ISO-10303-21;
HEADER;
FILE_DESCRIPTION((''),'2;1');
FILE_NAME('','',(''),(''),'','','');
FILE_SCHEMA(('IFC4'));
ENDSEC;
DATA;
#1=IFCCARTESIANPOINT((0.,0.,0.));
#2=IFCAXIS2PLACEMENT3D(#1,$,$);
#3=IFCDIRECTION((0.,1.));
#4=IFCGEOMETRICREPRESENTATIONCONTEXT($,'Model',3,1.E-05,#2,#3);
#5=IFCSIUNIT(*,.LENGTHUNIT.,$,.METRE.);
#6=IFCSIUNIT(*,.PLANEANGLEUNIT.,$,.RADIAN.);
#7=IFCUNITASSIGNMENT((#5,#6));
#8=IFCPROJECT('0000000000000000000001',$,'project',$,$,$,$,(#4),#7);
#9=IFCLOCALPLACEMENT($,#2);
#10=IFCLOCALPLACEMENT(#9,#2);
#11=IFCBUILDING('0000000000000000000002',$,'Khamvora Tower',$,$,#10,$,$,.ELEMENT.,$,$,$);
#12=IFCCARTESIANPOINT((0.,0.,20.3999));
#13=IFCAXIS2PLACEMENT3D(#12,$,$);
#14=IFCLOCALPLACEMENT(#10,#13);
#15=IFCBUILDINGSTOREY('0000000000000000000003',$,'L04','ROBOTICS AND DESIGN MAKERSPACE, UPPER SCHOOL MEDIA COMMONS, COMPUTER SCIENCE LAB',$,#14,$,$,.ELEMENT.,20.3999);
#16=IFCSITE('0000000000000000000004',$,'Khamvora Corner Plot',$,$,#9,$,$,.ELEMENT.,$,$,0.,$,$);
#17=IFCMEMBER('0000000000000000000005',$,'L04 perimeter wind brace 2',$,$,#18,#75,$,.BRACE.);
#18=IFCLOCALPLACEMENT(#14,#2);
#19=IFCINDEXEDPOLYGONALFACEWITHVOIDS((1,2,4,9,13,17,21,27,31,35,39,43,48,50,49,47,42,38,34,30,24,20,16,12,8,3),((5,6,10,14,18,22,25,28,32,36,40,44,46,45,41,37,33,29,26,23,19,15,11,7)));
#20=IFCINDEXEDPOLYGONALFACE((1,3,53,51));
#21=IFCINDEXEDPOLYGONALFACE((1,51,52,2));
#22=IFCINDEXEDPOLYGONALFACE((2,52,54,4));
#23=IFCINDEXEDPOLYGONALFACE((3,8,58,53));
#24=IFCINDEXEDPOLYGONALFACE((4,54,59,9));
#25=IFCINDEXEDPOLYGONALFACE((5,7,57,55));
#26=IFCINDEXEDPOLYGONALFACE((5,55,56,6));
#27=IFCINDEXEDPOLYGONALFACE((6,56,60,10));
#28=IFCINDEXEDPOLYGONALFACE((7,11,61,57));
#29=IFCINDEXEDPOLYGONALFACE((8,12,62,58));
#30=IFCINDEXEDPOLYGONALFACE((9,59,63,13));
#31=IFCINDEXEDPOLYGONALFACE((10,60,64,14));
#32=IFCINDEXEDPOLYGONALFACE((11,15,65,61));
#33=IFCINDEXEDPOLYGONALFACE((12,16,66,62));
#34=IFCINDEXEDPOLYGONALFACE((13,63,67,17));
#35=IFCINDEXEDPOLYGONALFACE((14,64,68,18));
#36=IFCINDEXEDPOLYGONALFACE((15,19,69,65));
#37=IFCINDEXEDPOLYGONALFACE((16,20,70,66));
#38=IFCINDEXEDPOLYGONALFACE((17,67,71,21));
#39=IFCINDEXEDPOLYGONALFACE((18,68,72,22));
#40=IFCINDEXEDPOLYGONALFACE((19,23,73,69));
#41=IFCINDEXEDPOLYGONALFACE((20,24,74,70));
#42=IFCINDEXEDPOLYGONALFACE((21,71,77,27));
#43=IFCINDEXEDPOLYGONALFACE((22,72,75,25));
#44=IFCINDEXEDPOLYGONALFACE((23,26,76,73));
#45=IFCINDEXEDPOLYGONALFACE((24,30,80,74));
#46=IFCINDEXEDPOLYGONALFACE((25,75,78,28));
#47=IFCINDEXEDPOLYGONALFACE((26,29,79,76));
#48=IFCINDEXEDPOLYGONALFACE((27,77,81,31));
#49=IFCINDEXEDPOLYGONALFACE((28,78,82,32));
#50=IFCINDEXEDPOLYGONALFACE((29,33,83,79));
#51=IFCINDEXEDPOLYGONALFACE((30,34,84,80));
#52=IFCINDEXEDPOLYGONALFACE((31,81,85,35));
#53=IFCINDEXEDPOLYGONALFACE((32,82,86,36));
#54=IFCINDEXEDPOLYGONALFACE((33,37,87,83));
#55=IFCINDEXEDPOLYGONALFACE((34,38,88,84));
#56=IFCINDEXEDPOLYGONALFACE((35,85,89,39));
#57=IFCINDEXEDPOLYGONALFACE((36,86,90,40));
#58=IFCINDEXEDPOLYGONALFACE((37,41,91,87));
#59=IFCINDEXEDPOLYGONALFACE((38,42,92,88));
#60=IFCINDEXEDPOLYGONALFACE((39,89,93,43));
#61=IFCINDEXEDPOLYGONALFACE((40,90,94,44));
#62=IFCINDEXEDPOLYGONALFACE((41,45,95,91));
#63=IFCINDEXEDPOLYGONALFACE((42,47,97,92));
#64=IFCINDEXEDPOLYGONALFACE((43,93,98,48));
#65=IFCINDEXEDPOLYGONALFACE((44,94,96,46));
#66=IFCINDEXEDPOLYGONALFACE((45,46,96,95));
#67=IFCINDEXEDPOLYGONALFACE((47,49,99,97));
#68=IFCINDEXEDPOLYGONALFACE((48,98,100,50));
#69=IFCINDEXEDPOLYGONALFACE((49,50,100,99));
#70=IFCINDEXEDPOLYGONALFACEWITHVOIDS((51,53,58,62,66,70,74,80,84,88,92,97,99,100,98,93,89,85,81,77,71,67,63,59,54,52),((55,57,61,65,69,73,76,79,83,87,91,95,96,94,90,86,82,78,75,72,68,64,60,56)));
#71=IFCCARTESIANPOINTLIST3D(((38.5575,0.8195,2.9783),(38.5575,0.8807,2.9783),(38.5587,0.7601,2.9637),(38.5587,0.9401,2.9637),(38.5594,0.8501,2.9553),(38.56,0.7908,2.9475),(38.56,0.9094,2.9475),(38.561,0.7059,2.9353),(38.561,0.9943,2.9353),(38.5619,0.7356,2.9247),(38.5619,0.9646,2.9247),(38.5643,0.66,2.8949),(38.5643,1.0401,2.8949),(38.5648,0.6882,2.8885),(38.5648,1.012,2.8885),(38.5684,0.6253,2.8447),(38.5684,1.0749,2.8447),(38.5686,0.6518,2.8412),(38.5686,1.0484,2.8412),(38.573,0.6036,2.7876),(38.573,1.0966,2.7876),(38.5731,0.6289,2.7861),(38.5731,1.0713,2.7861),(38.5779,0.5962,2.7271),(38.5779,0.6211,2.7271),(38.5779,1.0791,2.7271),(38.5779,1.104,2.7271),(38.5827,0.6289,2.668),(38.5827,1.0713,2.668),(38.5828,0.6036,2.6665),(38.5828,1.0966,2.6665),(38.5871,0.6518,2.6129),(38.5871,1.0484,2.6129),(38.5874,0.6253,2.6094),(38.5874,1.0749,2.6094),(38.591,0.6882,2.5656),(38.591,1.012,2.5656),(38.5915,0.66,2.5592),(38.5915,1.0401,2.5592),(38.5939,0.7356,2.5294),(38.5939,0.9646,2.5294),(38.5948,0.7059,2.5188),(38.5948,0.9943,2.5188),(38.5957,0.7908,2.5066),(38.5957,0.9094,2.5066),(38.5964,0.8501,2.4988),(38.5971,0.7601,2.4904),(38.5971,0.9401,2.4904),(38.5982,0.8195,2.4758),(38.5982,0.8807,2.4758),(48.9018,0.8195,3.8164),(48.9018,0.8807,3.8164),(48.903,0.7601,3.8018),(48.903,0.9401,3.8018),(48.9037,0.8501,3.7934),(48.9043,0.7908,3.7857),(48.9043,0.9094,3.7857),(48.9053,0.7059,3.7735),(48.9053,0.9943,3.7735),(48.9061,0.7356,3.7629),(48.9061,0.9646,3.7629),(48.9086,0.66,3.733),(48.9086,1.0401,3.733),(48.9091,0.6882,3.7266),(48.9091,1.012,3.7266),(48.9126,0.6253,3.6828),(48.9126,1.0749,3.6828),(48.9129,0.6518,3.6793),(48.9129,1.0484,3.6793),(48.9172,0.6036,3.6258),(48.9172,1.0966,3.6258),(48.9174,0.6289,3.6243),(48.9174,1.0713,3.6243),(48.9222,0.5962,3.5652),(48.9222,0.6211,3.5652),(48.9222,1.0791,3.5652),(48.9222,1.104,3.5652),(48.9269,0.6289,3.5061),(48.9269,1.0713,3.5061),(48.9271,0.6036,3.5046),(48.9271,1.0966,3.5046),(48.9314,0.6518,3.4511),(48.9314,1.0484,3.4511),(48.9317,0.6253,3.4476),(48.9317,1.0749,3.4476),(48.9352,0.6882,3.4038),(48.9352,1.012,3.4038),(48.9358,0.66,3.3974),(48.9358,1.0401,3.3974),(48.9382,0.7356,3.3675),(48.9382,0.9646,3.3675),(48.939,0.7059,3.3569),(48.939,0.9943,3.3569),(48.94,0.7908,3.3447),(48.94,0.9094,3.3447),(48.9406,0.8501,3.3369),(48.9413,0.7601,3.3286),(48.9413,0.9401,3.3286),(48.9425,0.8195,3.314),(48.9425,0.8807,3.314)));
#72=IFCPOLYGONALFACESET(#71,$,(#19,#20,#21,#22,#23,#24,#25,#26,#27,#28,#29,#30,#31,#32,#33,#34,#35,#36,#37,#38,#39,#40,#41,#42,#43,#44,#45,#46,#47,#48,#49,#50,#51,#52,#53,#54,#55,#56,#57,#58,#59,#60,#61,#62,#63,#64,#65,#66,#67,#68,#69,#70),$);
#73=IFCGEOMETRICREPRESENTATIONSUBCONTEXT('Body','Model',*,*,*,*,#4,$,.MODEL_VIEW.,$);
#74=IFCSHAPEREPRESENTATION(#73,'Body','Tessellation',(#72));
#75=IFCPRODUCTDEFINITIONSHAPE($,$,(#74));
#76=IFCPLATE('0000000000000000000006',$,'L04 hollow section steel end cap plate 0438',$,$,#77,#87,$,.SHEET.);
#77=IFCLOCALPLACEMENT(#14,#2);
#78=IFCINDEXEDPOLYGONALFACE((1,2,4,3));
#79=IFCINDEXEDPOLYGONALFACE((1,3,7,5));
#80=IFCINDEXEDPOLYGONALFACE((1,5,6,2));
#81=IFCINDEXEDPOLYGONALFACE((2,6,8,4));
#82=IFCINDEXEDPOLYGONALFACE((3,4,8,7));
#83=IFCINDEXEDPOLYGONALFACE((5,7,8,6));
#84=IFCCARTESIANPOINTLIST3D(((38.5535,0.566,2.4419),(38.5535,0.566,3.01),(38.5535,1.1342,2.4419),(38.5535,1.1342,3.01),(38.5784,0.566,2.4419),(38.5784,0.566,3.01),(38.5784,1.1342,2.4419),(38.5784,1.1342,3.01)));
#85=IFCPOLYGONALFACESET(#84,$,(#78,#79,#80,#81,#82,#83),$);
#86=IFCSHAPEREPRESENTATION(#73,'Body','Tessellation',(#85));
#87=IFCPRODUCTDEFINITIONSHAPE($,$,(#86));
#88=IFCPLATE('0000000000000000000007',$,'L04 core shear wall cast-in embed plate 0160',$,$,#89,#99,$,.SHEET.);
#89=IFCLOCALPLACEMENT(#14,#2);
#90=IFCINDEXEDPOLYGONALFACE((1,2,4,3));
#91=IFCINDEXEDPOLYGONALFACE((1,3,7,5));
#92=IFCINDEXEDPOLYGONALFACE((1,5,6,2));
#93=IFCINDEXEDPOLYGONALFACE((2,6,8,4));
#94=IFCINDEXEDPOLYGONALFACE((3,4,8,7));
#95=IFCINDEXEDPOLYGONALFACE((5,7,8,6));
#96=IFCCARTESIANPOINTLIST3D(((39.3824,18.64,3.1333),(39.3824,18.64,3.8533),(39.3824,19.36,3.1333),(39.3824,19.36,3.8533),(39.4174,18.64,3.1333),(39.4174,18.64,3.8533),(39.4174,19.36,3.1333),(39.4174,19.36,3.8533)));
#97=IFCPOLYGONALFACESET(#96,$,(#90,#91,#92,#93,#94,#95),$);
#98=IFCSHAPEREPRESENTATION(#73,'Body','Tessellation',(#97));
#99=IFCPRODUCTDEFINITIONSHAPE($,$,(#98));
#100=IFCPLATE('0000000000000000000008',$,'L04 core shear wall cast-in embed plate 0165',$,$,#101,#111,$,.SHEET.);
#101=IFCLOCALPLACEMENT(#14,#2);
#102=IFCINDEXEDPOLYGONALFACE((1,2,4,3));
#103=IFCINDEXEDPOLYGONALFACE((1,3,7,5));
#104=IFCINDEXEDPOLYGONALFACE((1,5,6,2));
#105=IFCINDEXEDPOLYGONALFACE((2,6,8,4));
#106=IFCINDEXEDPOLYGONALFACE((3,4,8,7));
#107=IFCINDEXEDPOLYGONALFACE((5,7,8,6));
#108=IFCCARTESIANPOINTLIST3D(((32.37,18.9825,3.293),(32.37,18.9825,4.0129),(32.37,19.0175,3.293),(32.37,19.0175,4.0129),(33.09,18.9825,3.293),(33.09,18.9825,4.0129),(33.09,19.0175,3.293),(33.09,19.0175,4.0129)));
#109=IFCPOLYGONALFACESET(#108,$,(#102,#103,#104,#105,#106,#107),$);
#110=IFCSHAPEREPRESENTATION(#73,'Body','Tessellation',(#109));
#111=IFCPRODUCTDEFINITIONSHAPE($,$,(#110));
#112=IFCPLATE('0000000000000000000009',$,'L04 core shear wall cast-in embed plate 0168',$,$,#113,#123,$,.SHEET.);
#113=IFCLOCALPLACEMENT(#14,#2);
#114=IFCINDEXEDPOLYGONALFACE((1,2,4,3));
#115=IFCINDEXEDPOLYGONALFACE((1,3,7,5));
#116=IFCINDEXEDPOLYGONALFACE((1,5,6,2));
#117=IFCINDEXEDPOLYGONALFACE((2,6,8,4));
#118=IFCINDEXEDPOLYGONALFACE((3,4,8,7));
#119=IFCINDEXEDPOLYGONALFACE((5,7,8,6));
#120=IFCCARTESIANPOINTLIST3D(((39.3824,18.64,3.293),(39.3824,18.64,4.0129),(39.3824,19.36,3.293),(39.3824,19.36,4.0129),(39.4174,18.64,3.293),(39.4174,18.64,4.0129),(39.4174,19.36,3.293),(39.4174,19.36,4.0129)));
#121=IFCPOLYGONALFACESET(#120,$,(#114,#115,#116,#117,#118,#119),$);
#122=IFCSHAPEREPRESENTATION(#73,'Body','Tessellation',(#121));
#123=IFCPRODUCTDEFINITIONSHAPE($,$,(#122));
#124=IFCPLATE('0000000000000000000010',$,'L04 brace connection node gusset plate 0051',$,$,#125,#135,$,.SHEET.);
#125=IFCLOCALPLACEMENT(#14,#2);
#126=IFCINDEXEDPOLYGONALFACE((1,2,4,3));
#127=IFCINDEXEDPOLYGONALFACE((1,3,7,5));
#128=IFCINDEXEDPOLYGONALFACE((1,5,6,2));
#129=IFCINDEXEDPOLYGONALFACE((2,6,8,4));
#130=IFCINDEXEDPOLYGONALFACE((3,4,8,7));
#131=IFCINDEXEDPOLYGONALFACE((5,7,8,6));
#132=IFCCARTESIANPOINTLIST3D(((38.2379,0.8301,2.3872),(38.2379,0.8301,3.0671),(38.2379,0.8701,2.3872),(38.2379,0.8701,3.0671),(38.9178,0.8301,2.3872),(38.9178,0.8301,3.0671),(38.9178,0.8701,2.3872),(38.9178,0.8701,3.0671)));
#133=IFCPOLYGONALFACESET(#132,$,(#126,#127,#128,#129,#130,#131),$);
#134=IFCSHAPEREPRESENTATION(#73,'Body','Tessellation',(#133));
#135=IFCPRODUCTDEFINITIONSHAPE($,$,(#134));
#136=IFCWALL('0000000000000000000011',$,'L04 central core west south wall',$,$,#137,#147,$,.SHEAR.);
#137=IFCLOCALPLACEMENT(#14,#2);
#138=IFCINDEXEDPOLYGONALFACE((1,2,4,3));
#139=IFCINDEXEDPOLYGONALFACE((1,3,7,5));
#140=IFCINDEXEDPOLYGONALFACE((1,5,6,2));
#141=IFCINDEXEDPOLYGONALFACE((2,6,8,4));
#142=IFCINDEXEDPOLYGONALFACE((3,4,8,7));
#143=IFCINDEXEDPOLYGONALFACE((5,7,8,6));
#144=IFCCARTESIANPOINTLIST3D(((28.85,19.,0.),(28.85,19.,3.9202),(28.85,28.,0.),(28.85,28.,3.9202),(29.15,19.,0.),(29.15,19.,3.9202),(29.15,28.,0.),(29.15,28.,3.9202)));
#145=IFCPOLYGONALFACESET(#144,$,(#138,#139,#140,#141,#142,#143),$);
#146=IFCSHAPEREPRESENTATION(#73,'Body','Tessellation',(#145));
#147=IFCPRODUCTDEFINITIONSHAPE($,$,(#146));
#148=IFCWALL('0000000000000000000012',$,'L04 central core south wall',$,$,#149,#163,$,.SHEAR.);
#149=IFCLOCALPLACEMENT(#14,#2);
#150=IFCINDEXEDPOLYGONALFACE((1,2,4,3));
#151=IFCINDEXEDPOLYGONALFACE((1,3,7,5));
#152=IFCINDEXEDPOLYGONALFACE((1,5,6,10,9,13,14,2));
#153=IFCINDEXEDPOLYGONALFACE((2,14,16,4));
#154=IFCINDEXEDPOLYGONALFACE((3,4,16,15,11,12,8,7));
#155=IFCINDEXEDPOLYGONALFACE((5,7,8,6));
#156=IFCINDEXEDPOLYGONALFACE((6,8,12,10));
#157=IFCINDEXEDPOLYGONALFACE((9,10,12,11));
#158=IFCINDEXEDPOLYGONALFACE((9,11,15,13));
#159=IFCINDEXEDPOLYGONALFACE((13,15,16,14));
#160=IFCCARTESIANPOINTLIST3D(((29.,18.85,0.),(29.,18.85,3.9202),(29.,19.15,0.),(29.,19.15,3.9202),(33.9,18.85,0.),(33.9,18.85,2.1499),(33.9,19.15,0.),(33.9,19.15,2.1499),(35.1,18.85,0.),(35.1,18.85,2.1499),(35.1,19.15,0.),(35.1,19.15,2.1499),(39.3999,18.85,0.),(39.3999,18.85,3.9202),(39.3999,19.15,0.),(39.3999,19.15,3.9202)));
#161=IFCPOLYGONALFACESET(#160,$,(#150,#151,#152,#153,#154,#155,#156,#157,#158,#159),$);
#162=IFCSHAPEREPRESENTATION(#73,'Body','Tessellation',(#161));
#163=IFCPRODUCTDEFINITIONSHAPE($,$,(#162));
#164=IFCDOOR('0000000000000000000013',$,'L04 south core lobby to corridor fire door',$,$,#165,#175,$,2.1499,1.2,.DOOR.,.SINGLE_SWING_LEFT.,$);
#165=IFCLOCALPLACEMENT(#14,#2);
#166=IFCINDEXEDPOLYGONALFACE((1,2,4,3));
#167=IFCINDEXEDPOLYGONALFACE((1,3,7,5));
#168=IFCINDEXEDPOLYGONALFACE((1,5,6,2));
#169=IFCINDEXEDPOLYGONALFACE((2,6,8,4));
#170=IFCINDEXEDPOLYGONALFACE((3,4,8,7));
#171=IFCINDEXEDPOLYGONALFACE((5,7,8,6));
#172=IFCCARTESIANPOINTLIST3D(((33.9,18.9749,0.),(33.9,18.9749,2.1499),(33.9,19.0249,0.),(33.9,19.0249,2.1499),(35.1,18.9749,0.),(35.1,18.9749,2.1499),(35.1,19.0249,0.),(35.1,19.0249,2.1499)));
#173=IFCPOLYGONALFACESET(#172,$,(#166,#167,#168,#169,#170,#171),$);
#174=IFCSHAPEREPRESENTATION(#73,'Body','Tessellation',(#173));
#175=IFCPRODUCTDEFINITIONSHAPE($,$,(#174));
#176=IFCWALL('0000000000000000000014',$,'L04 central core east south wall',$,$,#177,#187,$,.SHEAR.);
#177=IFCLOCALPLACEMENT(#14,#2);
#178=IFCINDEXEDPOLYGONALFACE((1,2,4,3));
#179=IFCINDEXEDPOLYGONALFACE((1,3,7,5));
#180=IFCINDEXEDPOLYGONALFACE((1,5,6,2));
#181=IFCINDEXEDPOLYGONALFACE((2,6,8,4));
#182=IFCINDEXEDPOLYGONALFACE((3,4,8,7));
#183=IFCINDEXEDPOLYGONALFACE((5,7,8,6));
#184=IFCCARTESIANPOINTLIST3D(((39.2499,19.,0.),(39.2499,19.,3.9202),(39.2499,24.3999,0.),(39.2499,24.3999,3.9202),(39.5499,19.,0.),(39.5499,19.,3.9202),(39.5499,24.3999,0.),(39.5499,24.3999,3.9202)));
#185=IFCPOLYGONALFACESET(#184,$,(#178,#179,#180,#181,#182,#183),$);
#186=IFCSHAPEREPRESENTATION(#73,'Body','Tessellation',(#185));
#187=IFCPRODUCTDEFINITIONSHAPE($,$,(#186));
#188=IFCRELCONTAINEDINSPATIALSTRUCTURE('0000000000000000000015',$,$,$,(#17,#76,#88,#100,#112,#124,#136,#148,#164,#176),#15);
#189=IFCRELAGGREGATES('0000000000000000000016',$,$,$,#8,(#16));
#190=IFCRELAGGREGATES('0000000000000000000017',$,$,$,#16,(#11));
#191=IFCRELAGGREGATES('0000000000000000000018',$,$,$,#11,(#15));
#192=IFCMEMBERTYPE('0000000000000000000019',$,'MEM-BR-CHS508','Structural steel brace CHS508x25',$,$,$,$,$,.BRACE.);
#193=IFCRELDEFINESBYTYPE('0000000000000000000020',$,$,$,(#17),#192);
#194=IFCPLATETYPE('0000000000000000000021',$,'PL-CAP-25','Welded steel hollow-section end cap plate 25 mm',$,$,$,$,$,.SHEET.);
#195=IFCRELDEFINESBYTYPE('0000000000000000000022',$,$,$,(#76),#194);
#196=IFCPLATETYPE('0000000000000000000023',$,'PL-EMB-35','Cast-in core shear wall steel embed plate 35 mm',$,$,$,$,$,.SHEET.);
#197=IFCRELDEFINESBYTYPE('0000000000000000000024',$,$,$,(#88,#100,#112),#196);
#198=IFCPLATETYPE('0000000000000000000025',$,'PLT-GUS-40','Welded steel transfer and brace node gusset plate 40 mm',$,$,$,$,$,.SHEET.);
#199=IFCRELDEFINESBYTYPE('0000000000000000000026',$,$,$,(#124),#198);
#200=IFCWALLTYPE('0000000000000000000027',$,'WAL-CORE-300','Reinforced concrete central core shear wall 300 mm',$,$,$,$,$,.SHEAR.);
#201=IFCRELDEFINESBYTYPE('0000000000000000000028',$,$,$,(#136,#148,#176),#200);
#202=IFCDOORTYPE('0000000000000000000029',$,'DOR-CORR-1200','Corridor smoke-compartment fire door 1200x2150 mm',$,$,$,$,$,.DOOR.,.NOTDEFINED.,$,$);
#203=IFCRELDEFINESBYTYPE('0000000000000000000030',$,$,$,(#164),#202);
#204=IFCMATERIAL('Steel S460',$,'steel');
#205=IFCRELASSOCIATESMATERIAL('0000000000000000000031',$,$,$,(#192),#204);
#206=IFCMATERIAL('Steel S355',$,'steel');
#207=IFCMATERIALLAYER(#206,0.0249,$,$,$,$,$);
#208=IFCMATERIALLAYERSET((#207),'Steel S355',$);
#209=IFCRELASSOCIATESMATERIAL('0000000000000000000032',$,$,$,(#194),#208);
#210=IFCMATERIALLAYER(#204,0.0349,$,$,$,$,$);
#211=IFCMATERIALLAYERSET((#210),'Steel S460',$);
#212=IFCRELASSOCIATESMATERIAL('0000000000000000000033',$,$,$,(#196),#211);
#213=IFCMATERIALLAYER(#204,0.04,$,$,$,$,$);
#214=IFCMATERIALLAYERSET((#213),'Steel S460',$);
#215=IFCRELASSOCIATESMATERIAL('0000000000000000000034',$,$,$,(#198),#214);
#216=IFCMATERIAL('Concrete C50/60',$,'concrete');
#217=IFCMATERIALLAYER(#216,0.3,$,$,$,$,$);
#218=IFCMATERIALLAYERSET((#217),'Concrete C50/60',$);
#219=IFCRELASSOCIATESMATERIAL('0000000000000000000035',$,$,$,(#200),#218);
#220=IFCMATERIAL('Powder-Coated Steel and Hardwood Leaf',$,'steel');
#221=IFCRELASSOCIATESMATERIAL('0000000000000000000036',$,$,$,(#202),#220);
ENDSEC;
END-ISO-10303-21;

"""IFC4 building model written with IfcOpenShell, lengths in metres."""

from ifc_helpers import new_model, si_unit, direction, frame, frame_2d, origin, origin_2d, place, context, subcontext, project, spatial, rectangle, hollow_circle, extrude, material, layer, layer_set, material_profile, profile_set, type_object, element, fill, save


model = new_model("IFC4")

# Units and contexts
model_context = context("Model", 3, precision=1e-05, world=origin(), true_north=direction((0.0, 1.0)))
body_context = subcontext(model_context, "Body", "Model", "MODEL_VIEW")
ifc_project = project(units=[si_unit("LENGTHUNIT", "METRE"), si_unit("PLANEANGLEUNIT", "RADIAN")], contexts=[model_context])

# Site, building, storey
site_placement = place(None, origin())
site = spatial("IfcSite", under=ifc_project, at=site_placement, Name="Khamvora Corner Plot", CompositionType="ELEMENT", RefElevation=0.0)
building_placement = place(site_placement, origin())
building = spatial("IfcBuilding", under=site, at=building_placement, Name="Khamvora Tower", CompositionType="ELEMENT")
storey_placement = place(building_placement, frame((0.0, 0.0, 20.3999)))
storey = spatial("IfcBuildingStorey", under=building, at=storey_placement, Name="L04", Description="ROBOTICS AND DESIGN MAKERSPACE, UPPER SCHOOL MEDIA COMMONS, COMPUTER SCIENCE LAB", CompositionType="ELEMENT", Elevation=20.3999)

# Shared definitions
ifc_material_1 = material(Name="Steel S460", Category="steel")

# Shared definitions
ifc_material_2 = material(Name="Steel S355", Category="steel")

# Member
ifc_material_profile_1 = material_profile(ifc_material_1, hollow_circle(Radius=0.2539, WallThickness=0.0249, at=origin_2d()), Name="CHS508x25")
ifc_profile_set_1 = profile_set([ifc_material_profile_1], Name="Steel S460")
member_type = type_object("IfcMemberType", Name="MEM-BR-CHS508", Description="Structural steel brace CHS508x25", PredefinedType="BRACE", material=ifc_profile_set_1)
member_placement = place(storey_placement, frame((38.5779, 0.8501, 2.7271), z_axis=(0.996734, 0.0, 0.08076), x_axis=(0.0, 1.0, 0.0)))
element("IfcMember", 1, at=member_placement, inside=storey, type_object=member_type, Name="L04 perimeter wind brace 2", PredefinedType="BRACE", context=body_context, shape_type="SweptSolid", body=[
    extrude(hollow_circle(Radius=0.2539, WallThickness=0.0249, at=origin_2d()), origin(), (0.0, 0.0, 1.0), 10.3782),
])

# Plates
ifc_layer_1 = layer(ifc_material_2, 0.0249)
ifc_layer_set_1 = layer_set([ifc_layer_1], Name="Steel S355")
plate_type_1 = type_object("IfcPlateType", Name="PL-CAP-25", Description="Welded steel hollow-section end cap plate 25 mm", PredefinedType="SHEET", material=ifc_layer_set_1)
plate_1_placement = place(storey_placement, frame((38.5659, 0.8501, 2.4419), z_axis=(0.0, 0.0, 1.0), x_axis=(1.0, 0.0, 0.0)))
element("IfcPlate", 2, at=plate_1_placement, inside=storey, type_object=plate_type_1, Name="L04 hollow section steel end cap plate 0438", PredefinedType="SHEET", context=body_context, shape_type="SweptSolid", body=[
    extrude(rectangle(XDim=0.0249, YDim=0.5681, at=origin_2d()), origin(), (0.0, 0.0, 1.0), 0.5681),
])
ifc_layer_2 = layer(ifc_material_1, 0.0349)
ifc_layer_set_2 = layer_set([ifc_layer_2], Name="Steel S460")
plate_type_2 = type_object("IfcPlateType", Name="PL-EMB-35", Description="Cast-in core shear wall steel embed plate 35 mm", PredefinedType="SHEET", material=ifc_layer_set_2)
plate_2_placement = place(storey_placement, frame((39.3999, 19.0, 3.1333), z_axis=(0.0, 0.0, 1.0), x_axis=(1.0, 0.0, 0.0)))
element("IfcPlate", 3, at=plate_2_placement, inside=storey, type_object=plate_type_2, Name="L04 core shear wall cast-in embed plate 0160", PredefinedType="SHEET", context=body_context, shape_type="SweptSolid", body=[
    extrude(rectangle(XDim=0.0349, YDim=0.72, at=origin_2d()), origin(), (0.0, 0.0, 1.0), 0.72),
])
plate_3_placement = place(storey_placement, frame((32.73, 19.0, 3.293), z_axis=(0.0, 0.0, 1.0), x_axis=(1.0, 0.0, 0.0)))
element("IfcPlate", 4, at=plate_3_placement, inside=storey, type_object=plate_type_2, Name="L04 core shear wall cast-in embed plate 0165", PredefinedType="SHEET", context=body_context, shape_type="SweptSolid", body=[
    extrude(rectangle(XDim=0.72, YDim=0.0349, at=origin_2d()), origin(), (0.0, 0.0, 1.0), 0.72),
])
plate_4_placement = place(storey_placement, frame((39.3999, 19.0, 3.293), z_axis=(0.0, 0.0, 1.0), x_axis=(1.0, 0.0, 0.0)))
element("IfcPlate", 5, at=plate_4_placement, inside=storey, type_object=plate_type_2, Name="L04 core shear wall cast-in embed plate 0168", PredefinedType="SHEET", context=body_context, shape_type="SweptSolid", body=[
    extrude(rectangle(XDim=0.0349, YDim=0.72, at=origin_2d()), origin(), (0.0, 0.0, 1.0), 0.72),
])
ifc_layer_3 = layer(ifc_material_1, 0.04)
ifc_layer_set_3 = layer_set([ifc_layer_3], Name="Steel S460")
plate_type_3 = type_object("IfcPlateType", Name="PLT-GUS-40", Description="Welded steel transfer and brace node gusset plate 40 mm", PredefinedType="SHEET", material=ifc_layer_set_3)
plate_5_placement = place(storey_placement, frame((38.5779, 0.8501, 2.3872), z_axis=(0.0, 0.0, 1.0), x_axis=(1.0, 0.0, 0.0)))
element("IfcPlate", 6, at=plate_5_placement, inside=storey, type_object=plate_type_3, Name="L04 brace connection node gusset plate 0051", PredefinedType="SHEET", context=body_context, shape_type="SweptSolid", body=[
    extrude(rectangle(XDim=0.6799, YDim=0.04, at=origin_2d()), origin(), (0.0, 0.0, 1.0), 0.6799),
])

# Wall
ifc_material_3 = material(Name="Concrete C50/60", Category="concrete")
ifc_layer_4 = layer(ifc_material_3, 0.3)
ifc_layer_set_4 = layer_set([ifc_layer_4], Name="Concrete C50/60")
wall_type = type_object("IfcWallType", Name="WAL-CORE-300", Description="Reinforced concrete central core shear wall 300 mm", PredefinedType="SHEAR", material=ifc_layer_set_4)
wall_1_placement = place(storey_placement, frame((29.0, 19.0, 0.0), z_axis=(0.0, 0.0, 1.0), x_axis=(0.0, 1.0, 0.0)))
element("IfcWall", 7, at=wall_1_placement, inside=storey, type_object=wall_type, Name="L04 central core west south wall", PredefinedType="SHEAR", context=body_context, shape_type="SweptSolid", body=[
    extrude(rectangle(XDim=9.0, YDim=0.3, at=frame_2d((4.5, 0.0))), origin(), (0.0, 0.0, 1.0), 3.9202),
])

# Wall, opening, door
wall_2_placement = place(storey_placement, frame((29.0, 19.0, 0.0), z_axis=(0.0, 0.0, 1.0), x_axis=(1.0, 0.0, 0.0)))
wall_2 = element("IfcWall", 8, at=wall_2_placement, inside=storey, type_object=wall_type, Name="L04 central core south wall", PredefinedType="SHEAR", context=body_context, shape_type="SweptSolid", body=[
    extrude(rectangle(XDim=10.3999, YDim=0.3, at=frame_2d((5.2, 0.0))), origin(), (0.0, 0.0, 1.0), 3.9202),
])
opening_1_placement = place(wall_2_placement, frame((4.8999, 0.0, 0.0)))
opening_1 = element("IfcOpeningElement", 9, at=opening_1_placement, cuts=wall_2, PredefinedType="OPENING", context=body_context, shape_type="SweptSolid", body=[
    extrude(rectangle(XDim=1.2, YDim=2.1499, at=frame_2d((0.6001, 1.075))), frame((0.0, 0.1599, 0.0), z_axis=(0.0, -1.0, 0.0), x_axis=(1.0, 0.0, 0.0)), (0.0, 0.0, 1.0), 0.3201),
])
ifc_material_4 = material(Name="Powder-Coated Steel and Hardwood Leaf", Category="steel")
door_type_1 = type_object("IfcDoorType", Name="DOR-CORR-1200", Description="Corridor smoke-compartment fire door 1200x2150 mm", OperationType="NOTDEFINED", PredefinedType="DOOR", material=ifc_material_4)
door_1_placement = place(opening_1_placement, origin())
door_1 = element("IfcDoor", 10, at=door_1_placement, inside=storey, type_object=door_type_1, Name="L04 south core lobby to corridor fire door", OperationType="SINGLE_SWING_LEFT", OverallHeight=2.1499, OverallWidth=1.2, PredefinedType="DOOR", context=body_context, shape_type="SweptSolid", body=[
    extrude(rectangle(XDim=1.2, YDim=2.1499, at=frame_2d((0.6001, 1.075))), frame((0.0, 0.0249, 0.0), z_axis=(0.0, -1.0, 0.0), x_axis=(1.0, 0.0, 0.0)), (0.0, 0.0, 1.0), 0.05),
])
fill(opening_1, door_1)

# Wall
wall_3_placement = place(storey_placement, frame((39.3999, 19.0, 0.0), z_axis=(0.0, 0.0, 1.0), x_axis=(0.0, 1.0, 0.0)))
element("IfcWall", 11, at=wall_3_placement, inside=storey, type_object=wall_type, Name="L04 central core east south wall", PredefinedType="SHEAR", context=body_context, shape_type="SweptSolid", body=[
    extrude(rectangle(XDim=5.3999, YDim=0.3, at=frame_2d((2.7, 0.0))), origin(), (0.0, 0.0, 1.0), 3.9202),
])

save(model, "model.ifc")
